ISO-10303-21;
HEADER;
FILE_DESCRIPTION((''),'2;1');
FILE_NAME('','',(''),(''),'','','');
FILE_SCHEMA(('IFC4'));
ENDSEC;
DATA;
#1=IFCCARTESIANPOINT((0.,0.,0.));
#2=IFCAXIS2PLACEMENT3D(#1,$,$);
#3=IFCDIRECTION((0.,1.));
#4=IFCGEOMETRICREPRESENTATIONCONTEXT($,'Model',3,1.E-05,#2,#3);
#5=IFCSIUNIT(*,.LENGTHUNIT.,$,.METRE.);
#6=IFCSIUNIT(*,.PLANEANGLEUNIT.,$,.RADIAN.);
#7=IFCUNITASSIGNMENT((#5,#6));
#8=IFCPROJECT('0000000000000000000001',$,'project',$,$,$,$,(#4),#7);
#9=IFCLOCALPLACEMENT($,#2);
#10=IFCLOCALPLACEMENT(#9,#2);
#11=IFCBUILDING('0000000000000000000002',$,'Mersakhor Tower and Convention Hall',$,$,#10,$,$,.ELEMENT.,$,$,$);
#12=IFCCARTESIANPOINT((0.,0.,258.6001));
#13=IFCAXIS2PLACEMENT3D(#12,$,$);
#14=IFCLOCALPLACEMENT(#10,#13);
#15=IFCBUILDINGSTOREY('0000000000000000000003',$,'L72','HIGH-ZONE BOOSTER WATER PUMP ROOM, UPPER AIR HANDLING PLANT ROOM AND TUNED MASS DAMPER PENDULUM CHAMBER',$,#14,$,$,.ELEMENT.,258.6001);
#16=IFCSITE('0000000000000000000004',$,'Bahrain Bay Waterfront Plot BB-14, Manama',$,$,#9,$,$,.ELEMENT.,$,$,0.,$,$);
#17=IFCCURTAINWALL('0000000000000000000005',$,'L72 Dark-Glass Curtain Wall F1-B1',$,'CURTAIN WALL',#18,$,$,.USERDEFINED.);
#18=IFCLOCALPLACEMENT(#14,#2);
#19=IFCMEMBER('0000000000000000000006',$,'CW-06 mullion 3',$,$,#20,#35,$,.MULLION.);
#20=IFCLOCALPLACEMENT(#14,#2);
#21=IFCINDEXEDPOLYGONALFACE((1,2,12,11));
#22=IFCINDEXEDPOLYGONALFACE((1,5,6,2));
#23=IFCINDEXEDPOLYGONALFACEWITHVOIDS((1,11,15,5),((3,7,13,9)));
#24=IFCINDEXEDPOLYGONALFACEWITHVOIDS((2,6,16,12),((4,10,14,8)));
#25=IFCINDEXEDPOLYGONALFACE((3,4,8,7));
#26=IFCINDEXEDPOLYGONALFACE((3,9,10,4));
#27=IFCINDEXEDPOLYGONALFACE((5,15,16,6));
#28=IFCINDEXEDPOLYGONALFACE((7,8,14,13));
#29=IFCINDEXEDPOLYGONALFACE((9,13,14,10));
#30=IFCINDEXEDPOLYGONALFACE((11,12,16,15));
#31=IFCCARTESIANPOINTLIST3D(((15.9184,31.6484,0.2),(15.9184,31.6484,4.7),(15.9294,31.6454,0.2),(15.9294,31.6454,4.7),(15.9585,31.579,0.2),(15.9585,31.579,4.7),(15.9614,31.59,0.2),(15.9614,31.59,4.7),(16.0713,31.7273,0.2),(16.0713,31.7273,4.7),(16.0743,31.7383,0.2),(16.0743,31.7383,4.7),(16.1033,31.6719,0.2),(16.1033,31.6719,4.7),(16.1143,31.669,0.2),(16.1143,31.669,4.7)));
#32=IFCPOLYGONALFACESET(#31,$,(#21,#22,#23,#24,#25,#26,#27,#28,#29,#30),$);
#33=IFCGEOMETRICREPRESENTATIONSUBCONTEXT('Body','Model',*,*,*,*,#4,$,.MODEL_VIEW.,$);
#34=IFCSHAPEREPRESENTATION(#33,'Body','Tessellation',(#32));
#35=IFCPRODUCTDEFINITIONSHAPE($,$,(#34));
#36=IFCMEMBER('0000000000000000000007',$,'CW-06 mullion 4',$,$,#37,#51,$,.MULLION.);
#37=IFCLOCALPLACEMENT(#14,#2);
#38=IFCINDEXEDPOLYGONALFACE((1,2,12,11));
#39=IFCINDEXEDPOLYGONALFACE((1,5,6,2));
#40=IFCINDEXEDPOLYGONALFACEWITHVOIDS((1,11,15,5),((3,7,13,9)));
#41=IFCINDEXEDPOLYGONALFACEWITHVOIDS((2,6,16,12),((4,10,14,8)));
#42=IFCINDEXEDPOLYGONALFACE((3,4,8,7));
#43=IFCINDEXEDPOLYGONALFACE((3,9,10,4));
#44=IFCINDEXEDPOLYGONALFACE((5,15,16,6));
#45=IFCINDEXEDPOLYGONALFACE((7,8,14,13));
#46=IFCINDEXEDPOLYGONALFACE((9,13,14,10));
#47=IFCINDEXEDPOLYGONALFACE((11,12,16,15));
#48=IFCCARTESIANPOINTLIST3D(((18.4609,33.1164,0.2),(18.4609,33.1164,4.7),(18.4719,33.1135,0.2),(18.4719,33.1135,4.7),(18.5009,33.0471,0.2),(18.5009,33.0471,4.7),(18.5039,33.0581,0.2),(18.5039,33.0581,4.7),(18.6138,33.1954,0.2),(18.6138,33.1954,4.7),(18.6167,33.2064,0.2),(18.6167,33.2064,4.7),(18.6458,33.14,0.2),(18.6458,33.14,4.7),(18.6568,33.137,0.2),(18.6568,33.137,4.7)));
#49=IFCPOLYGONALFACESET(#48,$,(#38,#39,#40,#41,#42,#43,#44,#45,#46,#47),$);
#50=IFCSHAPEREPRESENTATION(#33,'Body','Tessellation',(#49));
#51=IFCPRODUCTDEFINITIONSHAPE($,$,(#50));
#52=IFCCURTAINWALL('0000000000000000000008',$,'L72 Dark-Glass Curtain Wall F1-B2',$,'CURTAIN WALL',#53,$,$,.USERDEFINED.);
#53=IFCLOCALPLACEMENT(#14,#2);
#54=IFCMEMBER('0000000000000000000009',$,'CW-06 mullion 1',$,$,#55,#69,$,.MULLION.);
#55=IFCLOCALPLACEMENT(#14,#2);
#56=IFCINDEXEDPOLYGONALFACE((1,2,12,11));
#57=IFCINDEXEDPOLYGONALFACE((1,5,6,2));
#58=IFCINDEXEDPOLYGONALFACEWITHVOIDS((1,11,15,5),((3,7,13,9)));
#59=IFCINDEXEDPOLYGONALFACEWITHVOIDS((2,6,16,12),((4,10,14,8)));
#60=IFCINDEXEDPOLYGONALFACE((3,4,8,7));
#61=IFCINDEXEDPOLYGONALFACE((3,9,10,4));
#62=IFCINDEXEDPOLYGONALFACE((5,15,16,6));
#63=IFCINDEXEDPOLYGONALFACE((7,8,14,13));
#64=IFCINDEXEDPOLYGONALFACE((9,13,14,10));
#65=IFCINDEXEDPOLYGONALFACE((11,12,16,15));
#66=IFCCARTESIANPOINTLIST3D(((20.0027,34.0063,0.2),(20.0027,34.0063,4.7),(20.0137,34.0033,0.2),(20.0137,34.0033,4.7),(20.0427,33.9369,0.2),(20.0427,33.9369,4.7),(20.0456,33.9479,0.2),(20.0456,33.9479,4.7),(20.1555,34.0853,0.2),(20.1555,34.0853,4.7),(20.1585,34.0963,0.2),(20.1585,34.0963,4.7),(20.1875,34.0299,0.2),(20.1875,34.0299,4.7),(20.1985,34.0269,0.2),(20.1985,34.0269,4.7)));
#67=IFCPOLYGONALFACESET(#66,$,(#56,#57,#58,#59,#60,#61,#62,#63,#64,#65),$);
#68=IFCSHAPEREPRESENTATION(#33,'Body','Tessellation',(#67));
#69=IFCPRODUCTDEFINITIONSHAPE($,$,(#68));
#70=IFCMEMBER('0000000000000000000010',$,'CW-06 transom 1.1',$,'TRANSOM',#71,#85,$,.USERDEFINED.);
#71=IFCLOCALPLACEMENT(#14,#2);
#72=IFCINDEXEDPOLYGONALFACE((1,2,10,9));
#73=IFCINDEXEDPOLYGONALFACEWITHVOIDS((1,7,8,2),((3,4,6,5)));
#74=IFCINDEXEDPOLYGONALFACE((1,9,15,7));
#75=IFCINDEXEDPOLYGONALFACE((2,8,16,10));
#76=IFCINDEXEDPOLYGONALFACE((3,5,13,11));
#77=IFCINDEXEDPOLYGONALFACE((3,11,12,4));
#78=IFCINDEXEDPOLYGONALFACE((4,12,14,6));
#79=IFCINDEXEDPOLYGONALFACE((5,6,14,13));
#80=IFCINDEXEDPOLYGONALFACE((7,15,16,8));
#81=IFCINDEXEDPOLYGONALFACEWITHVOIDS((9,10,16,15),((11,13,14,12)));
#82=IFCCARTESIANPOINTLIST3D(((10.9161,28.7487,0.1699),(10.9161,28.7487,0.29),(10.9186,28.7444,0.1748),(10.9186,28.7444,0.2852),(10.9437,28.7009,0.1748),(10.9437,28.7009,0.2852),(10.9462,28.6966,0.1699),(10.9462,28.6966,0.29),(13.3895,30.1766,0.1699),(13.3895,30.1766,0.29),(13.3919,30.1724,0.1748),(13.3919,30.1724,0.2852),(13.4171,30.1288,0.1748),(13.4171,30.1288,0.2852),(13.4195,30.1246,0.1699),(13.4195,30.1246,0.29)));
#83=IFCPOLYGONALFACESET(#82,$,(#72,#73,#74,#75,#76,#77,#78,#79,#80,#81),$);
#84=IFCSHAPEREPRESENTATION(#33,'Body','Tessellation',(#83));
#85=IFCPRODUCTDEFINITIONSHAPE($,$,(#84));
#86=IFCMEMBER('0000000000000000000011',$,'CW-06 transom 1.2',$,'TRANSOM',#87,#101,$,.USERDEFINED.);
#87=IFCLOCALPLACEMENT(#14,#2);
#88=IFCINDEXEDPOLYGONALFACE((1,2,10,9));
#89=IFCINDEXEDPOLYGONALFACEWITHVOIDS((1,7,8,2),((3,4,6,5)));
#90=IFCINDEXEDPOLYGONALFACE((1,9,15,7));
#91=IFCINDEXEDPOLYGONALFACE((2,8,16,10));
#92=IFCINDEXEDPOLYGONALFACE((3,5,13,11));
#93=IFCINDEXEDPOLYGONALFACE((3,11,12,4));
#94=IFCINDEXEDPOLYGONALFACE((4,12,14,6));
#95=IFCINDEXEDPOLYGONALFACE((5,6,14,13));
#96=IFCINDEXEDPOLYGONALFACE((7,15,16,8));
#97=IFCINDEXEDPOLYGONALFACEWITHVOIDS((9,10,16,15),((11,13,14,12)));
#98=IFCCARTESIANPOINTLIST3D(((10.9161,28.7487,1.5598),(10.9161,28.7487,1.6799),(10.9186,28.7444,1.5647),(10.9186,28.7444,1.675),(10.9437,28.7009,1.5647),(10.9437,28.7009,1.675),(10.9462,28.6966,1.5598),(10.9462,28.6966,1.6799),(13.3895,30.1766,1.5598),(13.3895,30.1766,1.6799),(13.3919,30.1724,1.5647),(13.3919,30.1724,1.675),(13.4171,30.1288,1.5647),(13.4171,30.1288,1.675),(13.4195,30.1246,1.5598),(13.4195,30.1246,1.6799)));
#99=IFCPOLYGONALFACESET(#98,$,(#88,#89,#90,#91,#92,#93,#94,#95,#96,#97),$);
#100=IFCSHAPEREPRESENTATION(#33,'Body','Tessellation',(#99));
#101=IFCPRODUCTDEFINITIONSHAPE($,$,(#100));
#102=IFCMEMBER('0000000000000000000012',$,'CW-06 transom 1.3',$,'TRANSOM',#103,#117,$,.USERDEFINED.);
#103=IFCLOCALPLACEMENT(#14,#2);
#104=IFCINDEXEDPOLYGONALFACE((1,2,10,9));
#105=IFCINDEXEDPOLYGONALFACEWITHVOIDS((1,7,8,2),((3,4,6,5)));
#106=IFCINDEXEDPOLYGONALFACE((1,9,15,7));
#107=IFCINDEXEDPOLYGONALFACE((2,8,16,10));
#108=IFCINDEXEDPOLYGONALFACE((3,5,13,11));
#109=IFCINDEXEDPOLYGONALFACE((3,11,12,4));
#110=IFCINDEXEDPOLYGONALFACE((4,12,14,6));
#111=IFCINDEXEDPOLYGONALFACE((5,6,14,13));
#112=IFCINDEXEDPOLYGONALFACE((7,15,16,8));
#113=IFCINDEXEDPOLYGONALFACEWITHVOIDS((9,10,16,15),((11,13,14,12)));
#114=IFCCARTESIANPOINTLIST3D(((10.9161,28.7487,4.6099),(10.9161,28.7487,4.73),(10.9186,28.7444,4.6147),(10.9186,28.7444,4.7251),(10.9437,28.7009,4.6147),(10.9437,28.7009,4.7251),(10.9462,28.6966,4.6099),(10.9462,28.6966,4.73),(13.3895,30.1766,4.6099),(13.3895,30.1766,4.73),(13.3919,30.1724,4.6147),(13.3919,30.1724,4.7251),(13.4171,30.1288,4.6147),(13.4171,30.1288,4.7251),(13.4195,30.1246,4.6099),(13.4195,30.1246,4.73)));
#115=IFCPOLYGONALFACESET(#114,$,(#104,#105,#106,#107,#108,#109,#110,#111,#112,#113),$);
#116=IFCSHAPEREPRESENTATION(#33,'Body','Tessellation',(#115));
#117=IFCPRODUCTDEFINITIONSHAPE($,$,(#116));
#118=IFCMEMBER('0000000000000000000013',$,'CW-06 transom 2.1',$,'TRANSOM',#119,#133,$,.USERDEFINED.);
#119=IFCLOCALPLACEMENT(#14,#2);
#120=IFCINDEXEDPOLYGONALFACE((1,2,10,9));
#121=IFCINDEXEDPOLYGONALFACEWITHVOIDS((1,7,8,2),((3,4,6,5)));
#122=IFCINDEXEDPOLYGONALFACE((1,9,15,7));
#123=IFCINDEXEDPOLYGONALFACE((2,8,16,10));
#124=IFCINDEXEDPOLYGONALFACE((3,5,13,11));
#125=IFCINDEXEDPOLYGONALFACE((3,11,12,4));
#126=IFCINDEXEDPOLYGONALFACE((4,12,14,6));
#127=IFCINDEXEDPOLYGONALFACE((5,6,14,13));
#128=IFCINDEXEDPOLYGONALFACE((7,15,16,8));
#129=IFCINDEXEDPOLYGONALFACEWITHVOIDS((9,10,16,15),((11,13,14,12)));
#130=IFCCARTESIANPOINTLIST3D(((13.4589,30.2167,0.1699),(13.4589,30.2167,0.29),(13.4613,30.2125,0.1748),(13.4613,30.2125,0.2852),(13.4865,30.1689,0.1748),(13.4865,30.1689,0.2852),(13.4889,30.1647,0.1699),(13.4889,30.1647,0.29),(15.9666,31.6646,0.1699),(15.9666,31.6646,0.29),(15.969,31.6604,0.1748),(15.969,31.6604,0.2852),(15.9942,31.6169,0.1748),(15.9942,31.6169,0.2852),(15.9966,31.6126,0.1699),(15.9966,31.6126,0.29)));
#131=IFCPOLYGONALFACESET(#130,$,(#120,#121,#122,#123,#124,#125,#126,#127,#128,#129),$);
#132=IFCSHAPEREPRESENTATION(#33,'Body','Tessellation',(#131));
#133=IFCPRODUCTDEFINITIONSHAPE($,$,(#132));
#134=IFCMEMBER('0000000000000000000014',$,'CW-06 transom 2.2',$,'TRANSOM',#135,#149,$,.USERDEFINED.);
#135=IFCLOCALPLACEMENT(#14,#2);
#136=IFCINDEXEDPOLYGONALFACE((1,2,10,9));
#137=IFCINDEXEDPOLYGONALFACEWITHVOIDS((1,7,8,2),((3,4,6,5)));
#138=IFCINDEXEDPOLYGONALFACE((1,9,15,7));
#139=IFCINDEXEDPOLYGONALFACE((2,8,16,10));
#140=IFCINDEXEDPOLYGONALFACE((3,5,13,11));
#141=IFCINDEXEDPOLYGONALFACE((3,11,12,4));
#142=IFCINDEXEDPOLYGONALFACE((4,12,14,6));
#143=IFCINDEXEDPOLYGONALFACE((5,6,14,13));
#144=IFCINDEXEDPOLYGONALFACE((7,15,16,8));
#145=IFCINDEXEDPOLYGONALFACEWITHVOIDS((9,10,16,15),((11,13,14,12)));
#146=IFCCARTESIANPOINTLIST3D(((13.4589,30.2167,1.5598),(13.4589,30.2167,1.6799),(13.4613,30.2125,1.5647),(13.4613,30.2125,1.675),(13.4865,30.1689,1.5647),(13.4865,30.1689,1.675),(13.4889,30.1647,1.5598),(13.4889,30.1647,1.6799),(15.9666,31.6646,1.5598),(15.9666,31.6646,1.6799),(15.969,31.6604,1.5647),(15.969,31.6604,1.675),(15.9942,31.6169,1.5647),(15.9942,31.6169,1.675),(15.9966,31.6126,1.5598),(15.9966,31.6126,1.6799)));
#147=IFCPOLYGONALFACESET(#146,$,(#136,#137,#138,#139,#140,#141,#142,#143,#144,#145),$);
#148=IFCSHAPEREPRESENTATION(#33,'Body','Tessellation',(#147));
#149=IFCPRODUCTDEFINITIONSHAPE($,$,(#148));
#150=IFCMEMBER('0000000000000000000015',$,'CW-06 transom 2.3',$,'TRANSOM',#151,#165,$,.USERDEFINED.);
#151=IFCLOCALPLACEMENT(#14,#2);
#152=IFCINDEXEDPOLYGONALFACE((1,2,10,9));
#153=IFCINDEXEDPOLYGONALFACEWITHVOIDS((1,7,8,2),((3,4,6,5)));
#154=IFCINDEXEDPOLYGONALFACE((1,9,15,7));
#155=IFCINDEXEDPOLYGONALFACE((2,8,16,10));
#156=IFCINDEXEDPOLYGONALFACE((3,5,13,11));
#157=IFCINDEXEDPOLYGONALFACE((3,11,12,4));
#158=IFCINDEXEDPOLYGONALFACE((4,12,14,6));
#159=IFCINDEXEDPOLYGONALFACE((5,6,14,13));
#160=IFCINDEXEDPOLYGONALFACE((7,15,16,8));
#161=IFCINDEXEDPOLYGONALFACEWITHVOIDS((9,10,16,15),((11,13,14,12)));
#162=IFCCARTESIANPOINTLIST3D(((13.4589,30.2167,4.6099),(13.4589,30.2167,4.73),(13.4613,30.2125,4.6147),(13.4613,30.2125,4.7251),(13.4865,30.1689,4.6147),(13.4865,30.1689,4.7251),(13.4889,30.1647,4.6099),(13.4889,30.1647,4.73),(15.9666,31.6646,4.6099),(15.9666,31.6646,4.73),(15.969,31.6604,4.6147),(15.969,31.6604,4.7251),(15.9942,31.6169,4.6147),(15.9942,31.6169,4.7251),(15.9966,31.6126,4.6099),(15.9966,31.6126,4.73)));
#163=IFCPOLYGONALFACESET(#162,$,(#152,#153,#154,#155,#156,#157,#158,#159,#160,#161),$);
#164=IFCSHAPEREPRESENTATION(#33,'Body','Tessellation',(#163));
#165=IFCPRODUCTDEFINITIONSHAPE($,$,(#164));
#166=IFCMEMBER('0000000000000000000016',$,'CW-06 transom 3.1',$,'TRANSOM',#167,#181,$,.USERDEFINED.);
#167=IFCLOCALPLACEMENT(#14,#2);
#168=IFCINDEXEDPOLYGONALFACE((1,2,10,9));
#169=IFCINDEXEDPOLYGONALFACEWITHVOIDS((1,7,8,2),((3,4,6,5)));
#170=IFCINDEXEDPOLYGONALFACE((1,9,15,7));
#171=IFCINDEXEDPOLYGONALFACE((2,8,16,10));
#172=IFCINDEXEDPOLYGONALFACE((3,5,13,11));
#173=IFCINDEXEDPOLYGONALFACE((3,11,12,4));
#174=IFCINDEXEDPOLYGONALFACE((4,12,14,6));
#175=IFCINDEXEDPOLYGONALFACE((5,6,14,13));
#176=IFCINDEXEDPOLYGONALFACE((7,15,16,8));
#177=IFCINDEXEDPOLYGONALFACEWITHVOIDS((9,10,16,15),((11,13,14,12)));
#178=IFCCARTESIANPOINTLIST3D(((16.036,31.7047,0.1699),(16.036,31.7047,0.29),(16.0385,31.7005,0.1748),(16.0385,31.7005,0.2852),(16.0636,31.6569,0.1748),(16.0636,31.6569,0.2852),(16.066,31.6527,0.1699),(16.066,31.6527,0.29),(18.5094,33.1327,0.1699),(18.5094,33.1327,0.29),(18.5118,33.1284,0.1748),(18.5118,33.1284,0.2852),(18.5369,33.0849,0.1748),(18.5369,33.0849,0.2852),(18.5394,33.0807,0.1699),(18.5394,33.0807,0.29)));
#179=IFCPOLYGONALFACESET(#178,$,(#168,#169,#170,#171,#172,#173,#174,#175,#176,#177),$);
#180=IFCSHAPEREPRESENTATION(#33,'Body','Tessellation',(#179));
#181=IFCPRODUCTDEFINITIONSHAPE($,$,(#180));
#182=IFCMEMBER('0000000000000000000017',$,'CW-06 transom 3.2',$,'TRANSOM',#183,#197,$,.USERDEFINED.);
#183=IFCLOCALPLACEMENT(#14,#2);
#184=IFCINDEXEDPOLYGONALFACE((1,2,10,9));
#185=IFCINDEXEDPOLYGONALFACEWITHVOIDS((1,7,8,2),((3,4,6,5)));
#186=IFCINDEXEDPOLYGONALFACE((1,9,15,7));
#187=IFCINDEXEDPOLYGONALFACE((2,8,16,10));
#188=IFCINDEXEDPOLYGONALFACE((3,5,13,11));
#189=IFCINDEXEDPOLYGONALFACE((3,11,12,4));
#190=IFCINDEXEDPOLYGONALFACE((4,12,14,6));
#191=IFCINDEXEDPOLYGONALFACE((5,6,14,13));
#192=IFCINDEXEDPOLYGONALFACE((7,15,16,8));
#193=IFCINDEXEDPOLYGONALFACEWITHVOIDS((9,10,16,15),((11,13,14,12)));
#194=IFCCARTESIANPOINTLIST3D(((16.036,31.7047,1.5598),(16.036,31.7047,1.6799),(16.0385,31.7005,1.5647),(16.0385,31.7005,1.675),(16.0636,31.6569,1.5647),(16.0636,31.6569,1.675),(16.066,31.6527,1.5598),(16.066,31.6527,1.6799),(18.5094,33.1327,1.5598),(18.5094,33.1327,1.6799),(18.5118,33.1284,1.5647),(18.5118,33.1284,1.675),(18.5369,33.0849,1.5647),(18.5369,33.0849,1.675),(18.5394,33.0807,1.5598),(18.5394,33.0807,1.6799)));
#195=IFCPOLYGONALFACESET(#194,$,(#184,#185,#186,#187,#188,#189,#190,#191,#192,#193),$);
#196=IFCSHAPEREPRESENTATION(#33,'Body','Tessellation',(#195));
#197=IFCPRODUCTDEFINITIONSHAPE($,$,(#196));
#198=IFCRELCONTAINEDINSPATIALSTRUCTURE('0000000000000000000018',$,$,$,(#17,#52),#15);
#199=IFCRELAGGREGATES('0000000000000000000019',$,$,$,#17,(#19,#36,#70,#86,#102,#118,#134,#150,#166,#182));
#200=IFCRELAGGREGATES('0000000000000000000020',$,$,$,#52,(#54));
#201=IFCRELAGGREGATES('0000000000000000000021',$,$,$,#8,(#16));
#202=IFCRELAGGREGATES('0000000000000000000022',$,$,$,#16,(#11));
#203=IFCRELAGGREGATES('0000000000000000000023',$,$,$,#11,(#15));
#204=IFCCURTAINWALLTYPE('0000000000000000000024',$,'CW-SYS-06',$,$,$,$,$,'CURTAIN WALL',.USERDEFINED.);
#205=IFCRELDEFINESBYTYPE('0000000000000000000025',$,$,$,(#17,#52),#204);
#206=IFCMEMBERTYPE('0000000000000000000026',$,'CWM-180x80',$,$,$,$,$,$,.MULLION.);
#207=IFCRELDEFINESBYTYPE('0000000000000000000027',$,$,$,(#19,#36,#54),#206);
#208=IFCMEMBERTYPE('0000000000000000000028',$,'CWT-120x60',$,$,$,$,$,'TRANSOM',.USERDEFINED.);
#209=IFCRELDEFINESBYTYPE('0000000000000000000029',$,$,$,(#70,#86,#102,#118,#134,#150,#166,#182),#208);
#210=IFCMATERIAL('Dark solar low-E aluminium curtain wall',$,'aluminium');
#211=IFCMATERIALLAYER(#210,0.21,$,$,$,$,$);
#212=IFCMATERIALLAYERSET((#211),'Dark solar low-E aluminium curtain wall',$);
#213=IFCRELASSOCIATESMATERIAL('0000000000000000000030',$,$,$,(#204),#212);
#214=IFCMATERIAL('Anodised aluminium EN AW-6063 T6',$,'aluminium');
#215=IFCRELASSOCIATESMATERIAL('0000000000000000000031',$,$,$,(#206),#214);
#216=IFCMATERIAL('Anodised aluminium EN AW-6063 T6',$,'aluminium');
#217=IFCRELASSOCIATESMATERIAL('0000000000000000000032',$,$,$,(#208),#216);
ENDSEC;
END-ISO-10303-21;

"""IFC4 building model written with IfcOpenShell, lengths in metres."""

from ifc_helpers import new_model, si_unit, direction, frame, origin, origin_2d, place, context, subcontext, project, spatial, hollow_rectangle, extrude, material, layer, layer_set, material_profile, profile_set, type_object, element, aggregate, save


model = new_model("IFC4")

# Units and contexts
model_context = context("Model", 3, precision=1e-05, world=origin(), true_north=direction((0.0, 1.0)))
body_context = subcontext(model_context, "Body", "Model", "MODEL_VIEW")
ifc_project = project(units=[si_unit("LENGTHUNIT", "METRE"), si_unit("PLANEANGLEUNIT", "RADIAN")], contexts=[model_context])

# Site, building, storey
site_placement = place(None, origin())
site = spatial("IfcSite", under=ifc_project, at=site_placement, Name="Bahrain Bay Waterfront Plot BB-14, Manama", CompositionType="ELEMENT", RefElevation=0.0)
building_placement = place(site_placement, origin())
building = spatial("IfcBuilding", under=site, at=building_placement, Name="Mersakhor Tower and Convention Hall", CompositionType="ELEMENT")
storey_placement = place(building_placement, frame((0.0, 0.0, 258.6001)))
storey = spatial("IfcBuildingStorey", under=building, at=storey_placement, Name="L72", Description="HIGH-ZONE BOOSTER WATER PUMP ROOM, UPPER AIR HANDLING PLANT ROOM AND TUNED MASS DAMPER PENDULUM CHAMBER", CompositionType="ELEMENT", Elevation=258.6001)

# Curtain wall, members
ifc_material_1 = material(Name="Dark solar low-E aluminium curtain wall", Category="aluminium")
ifc_layer_1 = layer(ifc_material_1, 0.21)
ifc_layer_set_1 = layer_set([ifc_layer_1], Name="Dark solar low-E aluminium curtain wall")
curtain_wall_type = type_object("IfcCurtainWallType", Name="CW-SYS-06", ElementType="CURTAIN WALL", PredefinedType="USERDEFINED", material=ifc_layer_set_1)
curtain_wall_1_placement = place(storey_placement, origin())
curtain_wall_1 = element("IfcCurtainWall", 1, at=curtain_wall_1_placement, inside=storey, type_object=curtain_wall_type, Name="L72 Dark-Glass Curtain Wall F1-B1", ObjectType="CURTAIN WALL", PredefinedType="USERDEFINED")
ifc_material_2 = material(Name="Anodised aluminium EN AW-6063 T6", Category="aluminium")
ifc_material_profile_1 = material_profile(ifc_material_2, hollow_rectangle(XDim=0.0801, YDim=0.1799, WallThickness=0.0081, at=origin_2d()), Name="RHS 180x80x8")
ifc_profile_set_1 = profile_set([ifc_material_profile_1], Name="Anodised aluminium EN AW-6063 T6")
member_type_1 = type_object("IfcMemberType", Name="CWM-180x80", PredefinedType="MULLION", material=ifc_profile_set_1)
member_1_placement = place(storey_placement, frame((16.0164, 31.6587, 0.2), z_axis=(0.0, 0.0, 1.0), x_axis=(-0.5, 0.866025, 0.0)))
member_1 = element("IfcMember", 2, at=member_1_placement, type_object=member_type_1, Name="CW-06 mullion 3", PredefinedType="MULLION", context=body_context, shape_type="SweptSolid", body=[
    extrude(hollow_rectangle(XDim=0.0801, YDim=0.1799, WallThickness=0.0081, at=origin_2d()), origin(), (0.0, 0.0, 1.0), 4.5),
])
member_2_placement = place(storey_placement, frame((18.5588, 33.1267, 0.2), z_axis=(0.0, 0.0, 1.0), x_axis=(-0.5, 0.866025, 0.0)))
member_2 = element("IfcMember", 3, at=member_2_placement, type_object=member_type_1, Name="CW-06 mullion 4", PredefinedType="MULLION", context=body_context, shape_type="SweptSolid", body=[
    extrude(hollow_rectangle(XDim=0.0801, YDim=0.1799, WallThickness=0.0081, at=origin_2d()), origin(), (0.0, 0.0, 1.0), 4.5),
])

# Curtain wall, member
curtain_wall_2_placement = place(storey_placement, origin())
curtain_wall_2 = element("IfcCurtainWall", 4, at=curtain_wall_2_placement, inside=storey, type_object=curtain_wall_type, Name="L72 Dark-Glass Curtain Wall F1-B2", ObjectType="CURTAIN WALL", PredefinedType="USERDEFINED")
member_3_placement = place(storey_placement, frame((20.1006, 34.0166, 0.2), z_axis=(0.0, 0.0, 1.0), x_axis=(-0.500004, 0.866023, 0.0)))
member_3 = element("IfcMember", 5, at=member_3_placement, type_object=member_type_1, Name="CW-06 mullion 1", PredefinedType="MULLION", context=body_context, shape_type="SweptSolid", body=[
    extrude(hollow_rectangle(XDim=0.0801, YDim=0.1799, WallThickness=0.0081, at=origin_2d()), origin(), (0.0, 0.0, 1.0), 4.5),
])

# Members
ifc_material_3 = material(Name="Anodised aluminium EN AW-6063 T6", Category="aluminium")
ifc_material_profile_2 = material_profile(ifc_material_3, hollow_rectangle(XDim=0.0601, YDim=0.1201, WallThickness=0.0049, at=origin_2d()), Name="RHS 120x60x5")
ifc_profile_set_2 = profile_set([ifc_material_profile_2], Name="Anodised aluminium EN AW-6063 T6")
member_type_2 = type_object("IfcMemberType", Name="CWT-120x60", ElementType="TRANSOM", PredefinedType="USERDEFINED", material=ifc_profile_set_2)
member_4_placement = place(storey_placement, frame((10.9312, 28.7227, 0.23), z_axis=(0.86603, 0.499991, 0.0), x_axis=(-0.499991, 0.86603, 0.0)))
member_4 = element("IfcMember", 6, at=member_4_placement, type_object=member_type_2, Name="CW-06 transom 1.1", ObjectType="TRANSOM", PredefinedType="USERDEFINED", context=body_context, shape_type="SweptSolid", body=[
    extrude(hollow_rectangle(XDim=0.0601, YDim=0.1201, WallThickness=0.0049, at=origin_2d()), origin(), (0.0, 0.0, 1.0), 2.856),
])
member_5_placement = place(storey_placement, frame((10.9312, 28.7227, 1.6199), z_axis=(0.86603, 0.499991, 0.0), x_axis=(-0.499991, 0.86603, 0.0)))
member_5 = element("IfcMember", 7, at=member_5_placement, type_object=member_type_2, Name="CW-06 transom 1.2", ObjectType="TRANSOM", PredefinedType="USERDEFINED", context=body_context, shape_type="SweptSolid", body=[
    extrude(hollow_rectangle(XDim=0.0601, YDim=0.1201, WallThickness=0.0049, at=origin_2d()), origin(), (0.0, 0.0, 1.0), 2.856),
])
member_6_placement = place(storey_placement, frame((10.9312, 28.7227, 4.6699), z_axis=(0.86603, 0.499991, 0.0), x_axis=(-0.499991, 0.86603, 0.0)))
member_6 = element("IfcMember", 8, at=member_6_placement, type_object=member_type_2, Name="CW-06 transom 1.3", ObjectType="TRANSOM", PredefinedType="USERDEFINED", context=body_context, shape_type="SweptSolid", body=[
    extrude(hollow_rectangle(XDim=0.0601, YDim=0.1201, WallThickness=0.0049, at=origin_2d()), origin(), (0.0, 0.0, 1.0), 2.856),
])
member_7_placement = place(storey_placement, frame((13.4739, 30.1907, 0.23), z_axis=(0.866009, 0.500029, 0.0), x_axis=(-0.500029, 0.866009, 0.0)))
member_7 = element("IfcMember", 9, at=member_7_placement, type_object=member_type_2, Name="CW-06 transom 2.1", ObjectType="TRANSOM", PredefinedType="USERDEFINED", context=body_context, shape_type="SweptSolid", body=[
    extrude(hollow_rectangle(XDim=0.0601, YDim=0.1201, WallThickness=0.0049, at=origin_2d()), origin(), (0.0, 0.0, 1.0), 2.8958),
])
member_8_placement = place(storey_placement, frame((13.4739, 30.1907, 1.6199), z_axis=(0.866009, 0.500029, 0.0), x_axis=(-0.500029, 0.866009, 0.0)))
member_8 = element("IfcMember", 10, at=member_8_placement, type_object=member_type_2, Name="CW-06 transom 2.2", ObjectType="TRANSOM", PredefinedType="USERDEFINED", context=body_context, shape_type="SweptSolid", body=[
    extrude(hollow_rectangle(XDim=0.0601, YDim=0.1201, WallThickness=0.0049, at=origin_2d()), origin(), (0.0, 0.0, 1.0), 2.8958),
])
member_9_placement = place(storey_placement, frame((13.4739, 30.1907, 4.6699), z_axis=(0.866009, 0.500029, 0.0), x_axis=(-0.500029, 0.866009, 0.0)))
member_9 = element("IfcMember", 11, at=member_9_placement, type_object=member_type_2, Name="CW-06 transom 2.3", ObjectType="TRANSOM", PredefinedType="USERDEFINED", context=body_context, shape_type="SweptSolid", body=[
    extrude(hollow_rectangle(XDim=0.0601, YDim=0.1201, WallThickness=0.0049, at=origin_2d()), origin(), (0.0, 0.0, 1.0), 2.8958),
])
member_10_placement = place(storey_placement, frame((16.051, 31.6787, 0.23), z_axis=(0.86603, 0.499991, 0.0), x_axis=(-0.499991, 0.86603, 0.0)))
member_10 = element("IfcMember", 12, at=member_10_placement, type_object=member_type_2, Name="CW-06 transom 3.1", ObjectType="TRANSOM", PredefinedType="USERDEFINED", context=body_context, shape_type="SweptSolid", body=[
    extrude(hollow_rectangle(XDim=0.0601, YDim=0.1201, WallThickness=0.0049, at=origin_2d()), origin(), (0.0, 0.0, 1.0), 2.856),
])
member_11_placement = place(storey_placement, frame((16.051, 31.6787, 1.6199), z_axis=(0.86603, 0.499991, 0.0), x_axis=(-0.499991, 0.86603, 0.0)))
member_11 = element("IfcMember", 13, at=member_11_placement, type_object=member_type_2, Name="CW-06 transom 3.2", ObjectType="TRANSOM", PredefinedType="USERDEFINED", context=body_context, shape_type="SweptSolid", body=[
    extrude(hollow_rectangle(XDim=0.0601, YDim=0.1201, WallThickness=0.0049, at=origin_2d()), origin(), (0.0, 0.0, 1.0), 2.856),
])

aggregate(curtain_wall_1, [member_1, member_2, member_4, member_5, member_6, member_7, member_8, member_9, member_10, member_11])
aggregate(curtain_wall_2, [member_3])

save(model, "model.ifc")
